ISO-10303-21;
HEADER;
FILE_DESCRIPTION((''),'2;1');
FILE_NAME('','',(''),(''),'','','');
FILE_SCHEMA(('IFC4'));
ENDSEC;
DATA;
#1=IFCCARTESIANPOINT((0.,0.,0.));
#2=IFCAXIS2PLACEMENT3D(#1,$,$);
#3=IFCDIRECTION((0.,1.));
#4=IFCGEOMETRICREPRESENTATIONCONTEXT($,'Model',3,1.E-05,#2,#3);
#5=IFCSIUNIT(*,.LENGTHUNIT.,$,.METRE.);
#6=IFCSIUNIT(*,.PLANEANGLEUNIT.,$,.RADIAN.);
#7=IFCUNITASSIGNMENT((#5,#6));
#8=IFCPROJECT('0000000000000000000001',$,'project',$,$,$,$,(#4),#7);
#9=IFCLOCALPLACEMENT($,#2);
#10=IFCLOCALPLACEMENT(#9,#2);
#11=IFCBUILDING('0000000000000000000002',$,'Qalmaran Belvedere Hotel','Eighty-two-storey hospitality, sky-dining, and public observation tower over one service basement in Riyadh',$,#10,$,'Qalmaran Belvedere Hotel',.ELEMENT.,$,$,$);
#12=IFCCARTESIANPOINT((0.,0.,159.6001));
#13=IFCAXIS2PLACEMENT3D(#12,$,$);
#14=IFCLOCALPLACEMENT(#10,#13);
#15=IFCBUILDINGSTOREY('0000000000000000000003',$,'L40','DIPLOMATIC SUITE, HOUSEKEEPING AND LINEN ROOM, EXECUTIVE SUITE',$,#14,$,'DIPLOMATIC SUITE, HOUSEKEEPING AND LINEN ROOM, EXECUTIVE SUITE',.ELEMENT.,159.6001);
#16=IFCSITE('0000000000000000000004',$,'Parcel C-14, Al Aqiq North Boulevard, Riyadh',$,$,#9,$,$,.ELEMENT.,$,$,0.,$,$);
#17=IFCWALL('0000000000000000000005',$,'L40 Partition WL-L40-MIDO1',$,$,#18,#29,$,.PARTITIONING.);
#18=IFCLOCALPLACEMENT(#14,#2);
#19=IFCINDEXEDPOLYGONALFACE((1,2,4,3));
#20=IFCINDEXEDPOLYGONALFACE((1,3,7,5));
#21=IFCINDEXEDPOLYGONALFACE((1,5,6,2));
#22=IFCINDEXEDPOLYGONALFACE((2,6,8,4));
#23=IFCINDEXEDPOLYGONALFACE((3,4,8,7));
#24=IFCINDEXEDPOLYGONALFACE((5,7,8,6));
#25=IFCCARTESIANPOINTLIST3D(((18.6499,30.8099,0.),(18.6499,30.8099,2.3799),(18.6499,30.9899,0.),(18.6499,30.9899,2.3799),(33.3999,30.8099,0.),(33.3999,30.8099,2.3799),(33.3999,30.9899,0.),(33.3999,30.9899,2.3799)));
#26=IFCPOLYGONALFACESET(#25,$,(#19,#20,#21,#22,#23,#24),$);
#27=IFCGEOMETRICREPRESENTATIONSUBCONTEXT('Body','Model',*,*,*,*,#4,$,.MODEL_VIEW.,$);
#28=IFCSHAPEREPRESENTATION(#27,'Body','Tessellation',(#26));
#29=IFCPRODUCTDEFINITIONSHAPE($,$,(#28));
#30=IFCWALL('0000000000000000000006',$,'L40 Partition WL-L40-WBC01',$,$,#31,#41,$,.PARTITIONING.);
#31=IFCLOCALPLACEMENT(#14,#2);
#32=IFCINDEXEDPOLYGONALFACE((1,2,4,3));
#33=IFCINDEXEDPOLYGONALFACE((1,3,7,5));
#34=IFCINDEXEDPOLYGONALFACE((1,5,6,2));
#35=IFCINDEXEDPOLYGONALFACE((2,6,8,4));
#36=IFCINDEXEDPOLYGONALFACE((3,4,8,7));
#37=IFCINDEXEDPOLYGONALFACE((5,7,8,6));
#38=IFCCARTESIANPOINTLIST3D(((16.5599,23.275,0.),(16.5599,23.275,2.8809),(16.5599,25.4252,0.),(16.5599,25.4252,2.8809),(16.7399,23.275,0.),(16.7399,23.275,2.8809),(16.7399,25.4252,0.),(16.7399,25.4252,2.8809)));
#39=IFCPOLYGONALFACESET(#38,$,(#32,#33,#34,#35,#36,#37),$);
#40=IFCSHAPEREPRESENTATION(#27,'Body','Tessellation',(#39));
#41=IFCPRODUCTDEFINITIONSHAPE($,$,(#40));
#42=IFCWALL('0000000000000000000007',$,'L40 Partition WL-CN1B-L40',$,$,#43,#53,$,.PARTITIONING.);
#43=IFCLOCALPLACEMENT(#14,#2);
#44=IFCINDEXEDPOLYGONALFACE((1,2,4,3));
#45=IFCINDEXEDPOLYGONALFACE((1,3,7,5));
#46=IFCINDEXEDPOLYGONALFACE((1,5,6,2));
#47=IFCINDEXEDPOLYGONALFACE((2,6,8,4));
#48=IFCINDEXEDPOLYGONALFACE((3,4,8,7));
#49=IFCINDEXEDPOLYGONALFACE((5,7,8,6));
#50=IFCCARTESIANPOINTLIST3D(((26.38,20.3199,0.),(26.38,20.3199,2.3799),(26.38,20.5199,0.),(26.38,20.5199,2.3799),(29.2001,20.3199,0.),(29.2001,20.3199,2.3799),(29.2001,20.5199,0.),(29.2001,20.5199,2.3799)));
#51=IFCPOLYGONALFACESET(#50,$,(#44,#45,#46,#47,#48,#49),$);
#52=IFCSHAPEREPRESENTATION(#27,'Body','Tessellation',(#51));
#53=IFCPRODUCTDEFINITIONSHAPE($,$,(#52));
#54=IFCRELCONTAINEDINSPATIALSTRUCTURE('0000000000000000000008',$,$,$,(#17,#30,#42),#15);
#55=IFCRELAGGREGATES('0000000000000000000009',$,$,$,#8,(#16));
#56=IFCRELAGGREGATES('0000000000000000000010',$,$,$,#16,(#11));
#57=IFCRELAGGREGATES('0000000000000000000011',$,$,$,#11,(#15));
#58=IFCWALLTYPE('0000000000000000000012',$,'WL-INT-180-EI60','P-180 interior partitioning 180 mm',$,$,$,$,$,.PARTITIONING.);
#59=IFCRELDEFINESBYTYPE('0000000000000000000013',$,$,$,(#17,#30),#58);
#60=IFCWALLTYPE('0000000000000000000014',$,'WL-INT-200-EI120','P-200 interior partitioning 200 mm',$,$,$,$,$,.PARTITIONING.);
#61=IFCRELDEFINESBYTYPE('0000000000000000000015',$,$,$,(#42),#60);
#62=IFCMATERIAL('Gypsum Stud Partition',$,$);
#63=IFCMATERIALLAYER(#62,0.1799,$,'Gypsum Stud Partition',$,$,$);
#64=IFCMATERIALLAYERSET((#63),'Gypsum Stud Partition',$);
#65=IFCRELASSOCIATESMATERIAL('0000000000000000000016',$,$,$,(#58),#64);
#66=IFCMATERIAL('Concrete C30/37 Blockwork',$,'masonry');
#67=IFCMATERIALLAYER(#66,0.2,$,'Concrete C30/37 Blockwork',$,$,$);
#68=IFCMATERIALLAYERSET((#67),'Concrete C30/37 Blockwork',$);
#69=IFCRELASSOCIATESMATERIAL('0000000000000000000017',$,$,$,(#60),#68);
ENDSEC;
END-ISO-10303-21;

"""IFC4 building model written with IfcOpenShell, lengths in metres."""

from ifc_helpers import new_model, si_unit, direction, frame, frame_2d, origin, place, context, subcontext, project, spatial, rectangle, extrude, material, layer, layer_set, type_object, element, save


model = new_model("IFC4")

# Units and contexts
model_context = context("Model", 3, precision=1e-05, world=origin(), true_north=direction((0.0, 1.0)))
body_context = subcontext(model_context, "Body", "Model", "MODEL_VIEW")
ifc_project = project(units=[si_unit("LENGTHUNIT", "METRE"), si_unit("PLANEANGLEUNIT", "RADIAN")], contexts=[model_context])

# Site, building, storey
site_placement = place(None, origin())
site = spatial("IfcSite", under=ifc_project, at=site_placement, Name="Parcel C-14, Al Aqiq North Boulevard, Riyadh", CompositionType="ELEMENT", RefElevation=0.0)
building_placement = place(site_placement, origin())
building = spatial("IfcBuilding", under=site, at=building_placement, Name="Qalmaran Belvedere Hotel", Description="Eighty-two-storey hospitality, sky-dining, and public observation tower over one service basement in Riyadh", LongName="Qalmaran Belvedere Hotel", CompositionType="ELEMENT")
storey_placement = place(building_placement, frame((0.0, 0.0, 159.6001)))
storey = spatial("IfcBuildingStorey", under=building, at=storey_placement, Name="L40", Description="DIPLOMATIC SUITE, HOUSEKEEPING AND LINEN ROOM, EXECUTIVE SUITE", LongName="DIPLOMATIC SUITE, HOUSEKEEPING AND LINEN ROOM, EXECUTIVE SUITE", CompositionType="ELEMENT", Elevation=159.6001)

# Shared definitions
ifc_material_1 = material(Name="Gypsum Stud Partition")

# Shared definitions
ifc_layer_1 = layer(ifc_material_1, 0.1799, Name="Gypsum Stud Partition")
ifc_layer_set_1 = layer_set([ifc_layer_1], Name="Gypsum Stud Partition")
wall_type_1 = type_object("IfcWallType", Name="WL-INT-180-EI60", Description="P-180 interior partitioning 180 mm", PredefinedType="PARTITIONING", material=ifc_layer_set_1)

# Wall
wall_1_placement = place(storey_placement, frame((18.6499, 30.8999, 0.0), z_axis=(0.0, 0.0, 1.0), x_axis=(1.0, 0.0, 0.0)))
element("IfcWall", 1, at=wall_1_placement, inside=storey, type_object=wall_type_1, Name="L40 Partition WL-L40-MIDO1", PredefinedType="PARTITIONING", context=body_context, shape_type="SweptSolid", body=[
    extrude(rectangle(XDim=14.75, YDim=0.1799, at=frame_2d((7.375, 0.0))), origin(), (0.0, 0.0, 1.0), 2.3799),
])

# Wall
wall_2_placement = place(storey_placement, frame((16.6499, 23.2749, 0.0), z_axis=(0.0, 0.0, 1.0), x_axis=(0.0, 1.0, 0.0)))
element("IfcWall", 2, at=wall_2_placement, inside=storey, type_object=wall_type_1, Name="L40 Partition WL-L40-WBC01", PredefinedType="PARTITIONING", context=body_context, shape_type="SweptSolid", body=[
    extrude(rectangle(XDim=2.1501, YDim=0.1799, at=frame_2d((1.0752, 0.0))), origin(), (0.0, 0.0, 1.0), 2.8809),
])

# Shared definitions
ifc_material_2 = material(Name="Concrete C30/37 Blockwork", Category="masonry")
ifc_layer_2 = layer(ifc_material_2, 0.2, Name="Concrete C30/37 Blockwork")
ifc_layer_set_2 = layer_set([ifc_layer_2], Name="Concrete C30/37 Blockwork")
wall_type_2 = type_object("IfcWallType", Name="WL-INT-200-EI120", Description="P-200 interior partitioning 200 mm", PredefinedType="PARTITIONING", material=ifc_layer_set_2)

# Wall
wall_3_placement = place(storey_placement, frame((26.3799, 20.4199, 0.0), z_axis=(0.0, 0.0, 1.0), x_axis=(1.0, 0.0, 0.0)))
element("IfcWall", 3, at=wall_3_placement, inside=storey, type_object=wall_type_2, Name="L40 Partition WL-CN1B-L40", PredefinedType="PARTITIONING", context=body_context, shape_type="SweptSolid", body=[
    extrude(rectangle(XDim=2.8201, YDim=0.2, at=frame_2d((1.4102, 0.0))), origin(), (0.0, 0.0, 1.0), 2.3799),
])

save(model, "model.ifc")
